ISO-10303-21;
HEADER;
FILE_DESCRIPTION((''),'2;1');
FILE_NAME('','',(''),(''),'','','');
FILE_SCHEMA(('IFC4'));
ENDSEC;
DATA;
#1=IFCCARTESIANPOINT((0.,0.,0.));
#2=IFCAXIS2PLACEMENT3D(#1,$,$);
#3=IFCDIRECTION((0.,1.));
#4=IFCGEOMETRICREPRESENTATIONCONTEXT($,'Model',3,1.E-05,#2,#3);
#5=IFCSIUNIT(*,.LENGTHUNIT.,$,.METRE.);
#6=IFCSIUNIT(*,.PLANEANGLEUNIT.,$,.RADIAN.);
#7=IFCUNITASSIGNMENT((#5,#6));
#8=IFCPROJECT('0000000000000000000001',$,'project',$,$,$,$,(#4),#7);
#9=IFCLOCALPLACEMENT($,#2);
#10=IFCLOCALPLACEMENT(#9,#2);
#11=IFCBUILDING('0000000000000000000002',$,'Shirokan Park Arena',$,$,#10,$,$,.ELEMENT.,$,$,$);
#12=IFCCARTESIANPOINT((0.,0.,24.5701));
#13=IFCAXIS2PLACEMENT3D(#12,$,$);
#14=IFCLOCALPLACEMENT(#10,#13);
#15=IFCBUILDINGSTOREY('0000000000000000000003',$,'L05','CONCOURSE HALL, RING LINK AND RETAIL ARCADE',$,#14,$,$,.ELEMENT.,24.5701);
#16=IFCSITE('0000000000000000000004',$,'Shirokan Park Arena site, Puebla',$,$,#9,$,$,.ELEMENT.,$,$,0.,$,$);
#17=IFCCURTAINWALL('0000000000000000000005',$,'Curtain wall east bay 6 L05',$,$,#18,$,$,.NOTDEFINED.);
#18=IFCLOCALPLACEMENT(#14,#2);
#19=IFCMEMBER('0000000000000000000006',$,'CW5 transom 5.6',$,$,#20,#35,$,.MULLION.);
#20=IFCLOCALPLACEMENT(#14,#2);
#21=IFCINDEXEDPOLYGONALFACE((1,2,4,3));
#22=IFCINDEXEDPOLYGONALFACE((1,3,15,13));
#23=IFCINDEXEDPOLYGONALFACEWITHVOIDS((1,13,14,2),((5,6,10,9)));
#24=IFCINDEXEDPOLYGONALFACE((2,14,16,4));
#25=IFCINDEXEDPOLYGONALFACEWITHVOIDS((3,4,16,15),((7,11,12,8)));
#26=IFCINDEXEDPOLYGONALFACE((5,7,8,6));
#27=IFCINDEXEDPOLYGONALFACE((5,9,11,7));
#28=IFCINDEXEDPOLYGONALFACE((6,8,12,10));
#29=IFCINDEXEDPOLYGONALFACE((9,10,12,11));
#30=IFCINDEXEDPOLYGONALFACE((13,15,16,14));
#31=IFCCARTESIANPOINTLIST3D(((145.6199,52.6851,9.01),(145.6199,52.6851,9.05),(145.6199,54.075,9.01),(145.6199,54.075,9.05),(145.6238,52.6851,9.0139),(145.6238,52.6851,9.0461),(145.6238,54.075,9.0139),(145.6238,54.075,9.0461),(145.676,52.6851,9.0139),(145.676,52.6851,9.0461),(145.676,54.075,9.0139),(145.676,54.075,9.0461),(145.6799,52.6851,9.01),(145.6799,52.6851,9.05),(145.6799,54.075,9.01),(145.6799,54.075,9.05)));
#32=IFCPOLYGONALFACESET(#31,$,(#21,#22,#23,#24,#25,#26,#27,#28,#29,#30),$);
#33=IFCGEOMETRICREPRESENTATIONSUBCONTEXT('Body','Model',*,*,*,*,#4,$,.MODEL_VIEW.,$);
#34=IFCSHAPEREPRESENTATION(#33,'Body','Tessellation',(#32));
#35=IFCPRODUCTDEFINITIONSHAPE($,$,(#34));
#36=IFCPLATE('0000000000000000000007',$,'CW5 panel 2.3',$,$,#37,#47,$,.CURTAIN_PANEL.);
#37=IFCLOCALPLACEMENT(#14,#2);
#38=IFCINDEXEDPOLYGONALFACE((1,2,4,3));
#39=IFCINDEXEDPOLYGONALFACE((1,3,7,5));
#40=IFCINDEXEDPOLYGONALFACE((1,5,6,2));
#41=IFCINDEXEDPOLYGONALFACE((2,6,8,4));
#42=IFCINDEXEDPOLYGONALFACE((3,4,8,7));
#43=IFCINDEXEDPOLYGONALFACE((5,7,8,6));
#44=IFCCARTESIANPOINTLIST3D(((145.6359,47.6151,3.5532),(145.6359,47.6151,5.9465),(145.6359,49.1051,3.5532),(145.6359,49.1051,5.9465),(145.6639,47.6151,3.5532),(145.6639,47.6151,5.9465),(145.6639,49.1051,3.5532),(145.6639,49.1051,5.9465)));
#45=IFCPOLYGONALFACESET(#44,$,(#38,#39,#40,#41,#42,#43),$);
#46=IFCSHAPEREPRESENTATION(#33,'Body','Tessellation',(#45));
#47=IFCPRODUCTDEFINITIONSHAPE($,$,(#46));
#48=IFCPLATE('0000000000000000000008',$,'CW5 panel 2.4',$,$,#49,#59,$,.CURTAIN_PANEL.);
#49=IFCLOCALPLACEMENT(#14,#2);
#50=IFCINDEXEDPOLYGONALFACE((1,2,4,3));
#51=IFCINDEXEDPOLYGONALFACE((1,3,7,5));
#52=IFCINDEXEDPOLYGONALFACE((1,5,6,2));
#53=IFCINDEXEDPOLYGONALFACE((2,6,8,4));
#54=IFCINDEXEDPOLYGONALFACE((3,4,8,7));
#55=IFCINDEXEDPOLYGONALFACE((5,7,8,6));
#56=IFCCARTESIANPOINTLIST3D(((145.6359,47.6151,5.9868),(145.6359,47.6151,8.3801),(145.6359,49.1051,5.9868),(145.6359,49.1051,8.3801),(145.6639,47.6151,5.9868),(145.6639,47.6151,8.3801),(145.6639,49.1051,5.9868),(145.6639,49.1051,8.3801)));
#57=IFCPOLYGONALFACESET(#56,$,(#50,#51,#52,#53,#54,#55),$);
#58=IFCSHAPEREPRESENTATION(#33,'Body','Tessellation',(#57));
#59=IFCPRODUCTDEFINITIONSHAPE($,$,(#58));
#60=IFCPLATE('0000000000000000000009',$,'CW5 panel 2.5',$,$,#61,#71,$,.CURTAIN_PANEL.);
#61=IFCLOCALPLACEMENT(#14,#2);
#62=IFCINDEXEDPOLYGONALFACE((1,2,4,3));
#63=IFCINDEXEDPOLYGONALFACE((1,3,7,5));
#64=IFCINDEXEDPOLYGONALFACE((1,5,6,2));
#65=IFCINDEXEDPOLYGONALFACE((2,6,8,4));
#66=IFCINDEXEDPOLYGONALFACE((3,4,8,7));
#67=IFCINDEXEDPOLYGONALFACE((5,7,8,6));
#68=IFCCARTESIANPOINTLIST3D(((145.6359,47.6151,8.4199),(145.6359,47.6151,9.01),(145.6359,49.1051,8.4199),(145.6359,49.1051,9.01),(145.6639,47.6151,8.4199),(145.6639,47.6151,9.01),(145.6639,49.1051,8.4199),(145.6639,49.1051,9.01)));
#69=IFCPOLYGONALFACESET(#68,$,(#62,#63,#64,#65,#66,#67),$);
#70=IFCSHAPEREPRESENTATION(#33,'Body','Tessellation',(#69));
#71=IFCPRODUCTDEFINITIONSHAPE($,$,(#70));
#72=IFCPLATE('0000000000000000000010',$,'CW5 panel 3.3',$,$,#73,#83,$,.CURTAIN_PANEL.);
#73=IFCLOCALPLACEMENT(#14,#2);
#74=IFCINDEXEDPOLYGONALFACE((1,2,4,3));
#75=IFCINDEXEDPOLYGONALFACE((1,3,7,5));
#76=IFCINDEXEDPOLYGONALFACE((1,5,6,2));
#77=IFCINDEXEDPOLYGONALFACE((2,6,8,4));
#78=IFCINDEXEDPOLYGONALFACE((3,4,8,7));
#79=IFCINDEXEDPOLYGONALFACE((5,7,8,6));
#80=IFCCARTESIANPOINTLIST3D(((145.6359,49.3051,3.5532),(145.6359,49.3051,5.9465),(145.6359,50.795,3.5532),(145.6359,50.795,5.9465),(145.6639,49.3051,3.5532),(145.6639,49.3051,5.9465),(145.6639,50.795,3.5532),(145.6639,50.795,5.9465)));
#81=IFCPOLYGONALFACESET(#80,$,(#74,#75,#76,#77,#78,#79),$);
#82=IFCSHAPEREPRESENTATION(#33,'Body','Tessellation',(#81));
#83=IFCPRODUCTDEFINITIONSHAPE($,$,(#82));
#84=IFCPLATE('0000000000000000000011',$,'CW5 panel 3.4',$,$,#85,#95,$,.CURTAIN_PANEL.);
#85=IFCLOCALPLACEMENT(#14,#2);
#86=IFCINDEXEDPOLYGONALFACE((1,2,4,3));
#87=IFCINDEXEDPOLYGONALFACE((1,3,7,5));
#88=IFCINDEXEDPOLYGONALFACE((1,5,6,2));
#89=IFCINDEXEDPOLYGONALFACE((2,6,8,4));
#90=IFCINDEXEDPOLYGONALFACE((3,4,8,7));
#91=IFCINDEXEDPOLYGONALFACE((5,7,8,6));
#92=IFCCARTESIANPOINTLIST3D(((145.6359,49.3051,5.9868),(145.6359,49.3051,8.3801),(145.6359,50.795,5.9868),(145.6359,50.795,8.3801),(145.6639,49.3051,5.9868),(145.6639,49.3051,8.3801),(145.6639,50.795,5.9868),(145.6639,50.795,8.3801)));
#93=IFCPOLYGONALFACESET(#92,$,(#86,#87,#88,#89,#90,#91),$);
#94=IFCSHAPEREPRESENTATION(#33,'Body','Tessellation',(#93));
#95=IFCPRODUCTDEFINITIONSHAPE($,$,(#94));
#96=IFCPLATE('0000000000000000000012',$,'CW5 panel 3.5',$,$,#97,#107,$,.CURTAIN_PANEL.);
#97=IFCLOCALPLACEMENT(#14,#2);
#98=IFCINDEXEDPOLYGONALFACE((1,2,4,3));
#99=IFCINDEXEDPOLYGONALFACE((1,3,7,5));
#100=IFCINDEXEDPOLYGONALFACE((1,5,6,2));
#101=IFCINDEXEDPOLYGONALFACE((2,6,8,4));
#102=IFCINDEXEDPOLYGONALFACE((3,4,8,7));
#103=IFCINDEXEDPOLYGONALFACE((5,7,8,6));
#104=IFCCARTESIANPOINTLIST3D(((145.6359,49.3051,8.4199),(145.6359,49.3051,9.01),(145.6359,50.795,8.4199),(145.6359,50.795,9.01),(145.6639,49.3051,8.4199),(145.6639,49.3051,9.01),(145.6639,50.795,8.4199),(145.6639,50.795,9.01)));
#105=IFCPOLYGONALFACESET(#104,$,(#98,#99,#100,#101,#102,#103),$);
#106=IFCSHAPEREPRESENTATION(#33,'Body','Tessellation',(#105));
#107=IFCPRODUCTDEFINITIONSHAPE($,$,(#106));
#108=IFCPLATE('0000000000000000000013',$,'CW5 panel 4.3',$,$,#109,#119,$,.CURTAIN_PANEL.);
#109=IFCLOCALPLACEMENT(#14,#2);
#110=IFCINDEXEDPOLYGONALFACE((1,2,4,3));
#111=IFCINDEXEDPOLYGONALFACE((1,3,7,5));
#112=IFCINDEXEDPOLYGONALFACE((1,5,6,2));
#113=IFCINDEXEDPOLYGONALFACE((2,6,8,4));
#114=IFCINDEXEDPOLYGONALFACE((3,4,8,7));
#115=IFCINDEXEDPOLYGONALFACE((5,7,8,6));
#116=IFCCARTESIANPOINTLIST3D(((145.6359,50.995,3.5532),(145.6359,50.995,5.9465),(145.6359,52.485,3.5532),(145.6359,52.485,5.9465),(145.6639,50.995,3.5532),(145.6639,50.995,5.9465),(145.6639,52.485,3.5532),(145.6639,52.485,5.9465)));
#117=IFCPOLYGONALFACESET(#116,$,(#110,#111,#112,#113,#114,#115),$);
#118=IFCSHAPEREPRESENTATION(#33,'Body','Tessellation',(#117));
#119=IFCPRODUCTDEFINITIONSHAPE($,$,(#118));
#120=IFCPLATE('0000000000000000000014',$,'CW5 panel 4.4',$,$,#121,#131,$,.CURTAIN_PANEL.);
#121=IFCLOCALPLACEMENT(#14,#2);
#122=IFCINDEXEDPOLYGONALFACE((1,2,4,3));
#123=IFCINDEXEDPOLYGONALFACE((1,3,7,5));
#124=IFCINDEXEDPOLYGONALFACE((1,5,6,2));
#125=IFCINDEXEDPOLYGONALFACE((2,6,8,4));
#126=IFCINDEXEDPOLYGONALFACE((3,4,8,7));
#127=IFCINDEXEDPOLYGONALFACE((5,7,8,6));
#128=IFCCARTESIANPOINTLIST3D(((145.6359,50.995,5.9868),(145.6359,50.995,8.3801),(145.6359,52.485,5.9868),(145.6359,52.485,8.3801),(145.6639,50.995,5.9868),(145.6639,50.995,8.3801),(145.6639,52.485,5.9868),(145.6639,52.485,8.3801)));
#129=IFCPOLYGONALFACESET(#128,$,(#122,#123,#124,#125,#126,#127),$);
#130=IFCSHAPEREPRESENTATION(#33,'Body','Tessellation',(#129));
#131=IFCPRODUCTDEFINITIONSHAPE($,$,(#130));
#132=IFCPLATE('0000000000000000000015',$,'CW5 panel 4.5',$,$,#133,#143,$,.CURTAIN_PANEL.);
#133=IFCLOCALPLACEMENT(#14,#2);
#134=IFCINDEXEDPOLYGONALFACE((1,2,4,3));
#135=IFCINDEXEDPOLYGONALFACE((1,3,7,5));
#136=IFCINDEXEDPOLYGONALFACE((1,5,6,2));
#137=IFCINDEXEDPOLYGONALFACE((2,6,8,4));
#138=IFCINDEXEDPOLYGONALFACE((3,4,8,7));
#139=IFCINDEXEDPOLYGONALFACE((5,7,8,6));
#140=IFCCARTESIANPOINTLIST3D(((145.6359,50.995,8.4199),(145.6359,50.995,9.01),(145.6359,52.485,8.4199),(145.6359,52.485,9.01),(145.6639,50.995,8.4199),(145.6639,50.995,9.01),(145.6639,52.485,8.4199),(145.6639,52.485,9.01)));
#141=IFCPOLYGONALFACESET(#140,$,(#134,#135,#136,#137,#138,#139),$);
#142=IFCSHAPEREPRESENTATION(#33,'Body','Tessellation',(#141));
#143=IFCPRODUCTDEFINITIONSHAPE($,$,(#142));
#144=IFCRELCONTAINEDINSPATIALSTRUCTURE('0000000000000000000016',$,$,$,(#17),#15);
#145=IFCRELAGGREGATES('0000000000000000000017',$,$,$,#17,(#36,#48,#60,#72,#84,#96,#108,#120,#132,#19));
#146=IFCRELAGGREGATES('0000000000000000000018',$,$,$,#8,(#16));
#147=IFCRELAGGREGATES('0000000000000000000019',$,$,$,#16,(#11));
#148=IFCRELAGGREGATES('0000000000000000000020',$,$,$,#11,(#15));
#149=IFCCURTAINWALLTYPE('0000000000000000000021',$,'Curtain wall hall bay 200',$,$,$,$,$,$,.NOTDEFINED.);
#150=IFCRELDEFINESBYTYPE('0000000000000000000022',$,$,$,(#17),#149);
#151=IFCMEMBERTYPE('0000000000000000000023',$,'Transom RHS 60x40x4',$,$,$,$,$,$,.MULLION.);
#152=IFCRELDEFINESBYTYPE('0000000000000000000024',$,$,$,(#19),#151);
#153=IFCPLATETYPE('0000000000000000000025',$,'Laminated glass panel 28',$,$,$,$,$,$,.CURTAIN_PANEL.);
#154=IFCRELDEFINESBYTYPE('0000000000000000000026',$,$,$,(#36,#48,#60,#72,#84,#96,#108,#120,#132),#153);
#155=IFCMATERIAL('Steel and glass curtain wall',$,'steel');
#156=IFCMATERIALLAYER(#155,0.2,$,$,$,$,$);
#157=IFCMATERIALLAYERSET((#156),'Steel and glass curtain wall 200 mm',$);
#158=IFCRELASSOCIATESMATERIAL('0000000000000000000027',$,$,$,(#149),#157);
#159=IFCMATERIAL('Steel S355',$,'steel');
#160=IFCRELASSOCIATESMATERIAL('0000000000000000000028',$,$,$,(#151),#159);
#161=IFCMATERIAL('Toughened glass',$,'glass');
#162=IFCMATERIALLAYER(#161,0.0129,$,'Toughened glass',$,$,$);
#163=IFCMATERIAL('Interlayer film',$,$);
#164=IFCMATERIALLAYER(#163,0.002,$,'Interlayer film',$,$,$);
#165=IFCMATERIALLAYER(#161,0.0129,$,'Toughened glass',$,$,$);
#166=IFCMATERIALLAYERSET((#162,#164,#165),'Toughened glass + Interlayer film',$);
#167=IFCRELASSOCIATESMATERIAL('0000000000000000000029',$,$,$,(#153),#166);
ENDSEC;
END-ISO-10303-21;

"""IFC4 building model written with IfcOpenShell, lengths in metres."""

from ifc_helpers import new_model, si_unit, direction, frame, origin, origin_2d, place, context, subcontext, project, spatial, rectangle, hollow_rectangle, extrude, material, layer, layer_set, material_profile, profile_set, type_object, element, aggregate, save


model = new_model("IFC4")

# Units and contexts
model_context = context("Model", 3, precision=1e-05, world=origin(), true_north=direction((0.0, 1.0)))
body_context = subcontext(model_context, "Body", "Model", "MODEL_VIEW")
ifc_project = project(units=[si_unit("LENGTHUNIT", "METRE"), si_unit("PLANEANGLEUNIT", "RADIAN")], contexts=[model_context])

# Site, building, storey
site_placement = place(None, origin())
site = spatial("IfcSite", under=ifc_project, at=site_placement, Name="Shirokan Park Arena site, Puebla", CompositionType="ELEMENT", RefElevation=0.0)
building_placement = place(site_placement, origin())
building = spatial("IfcBuilding", under=site, at=building_placement, Name="Shirokan Park Arena", CompositionType="ELEMENT")
storey_placement = place(building_placement, frame((0.0, 0.0, 24.5701)))
storey = spatial("IfcBuildingStorey", under=building, at=storey_placement, Name="L05", Description="CONCOURSE HALL, RING LINK AND RETAIL ARCADE", CompositionType="ELEMENT", Elevation=24.5701)

# Curtain wall, member, plates
ifc_material_1 = material(Name="Steel and glass curtain wall", Category="steel")
ifc_layer_1 = layer(ifc_material_1, 0.2)
ifc_layer_set_1 = layer_set([ifc_layer_1], Name="Steel and glass curtain wall 200 mm")
curtain_wall_type = type_object("IfcCurtainWallType", Name="Curtain wall hall bay 200", PredefinedType="NOTDEFINED", material=ifc_layer_set_1)
curtain_wall_placement = place(storey_placement, origin())
curtain_wall = element("IfcCurtainWall", 1, at=curtain_wall_placement, inside=storey, type_object=curtain_wall_type, Name="Curtain wall east bay 6 L05", PredefinedType="NOTDEFINED")
ifc_material_2 = material(Name="Steel S355", Category="steel")
ifc_material_profile = material_profile(ifc_material_2, hollow_rectangle(XDim=0.0601, YDim=0.04, WallThickness=0.0039, at=origin_2d()), Name="RHS 60x40x4")
ifc_profile_set = profile_set([ifc_material_profile], Name="Steel S355")
member_type = type_object("IfcMemberType", Name="Transom RHS 60x40x4", PredefinedType="MULLION", material=ifc_profile_set)
member_1_placement = place(storey_placement, frame((145.6499, 52.6851, 9.03), z_axis=(0.0, 1.0, 0.0), x_axis=(-1.0, 0.0, 0.0)))
member_1 = element("IfcMember", 2, at=member_1_placement, type_object=member_type, Name="CW5 transom 5.6", PredefinedType="MULLION", context=body_context, shape_type="SweptSolid", body=[
    extrude(hollow_rectangle(XDim=0.0601, YDim=0.04, WallThickness=0.0039, at=origin_2d()), origin(), (0.0, 0.0, 1.0), 1.3899),
])
ifc_material_3 = material(Name="Toughened glass", Category="glass")
ifc_layer_2 = layer(ifc_material_3, 0.0129, Name="Toughened glass")
ifc_material_4 = material(Name="Interlayer film")
ifc_layer_3 = layer(ifc_material_4, 0.002, Name="Interlayer film")
ifc_layer_4 = layer(ifc_material_3, 0.0129, Name="Toughened glass")
ifc_layer_set_2 = layer_set([ifc_layer_2, ifc_layer_3, ifc_layer_4], Name="Toughened glass + Interlayer film")
plate_type = type_object("IfcPlateType", Name="Laminated glass panel 28", PredefinedType="CURTAIN_PANEL", material=ifc_layer_set_2)
plate_1_placement = place(storey_placement, frame((145.6499, 48.3601, 3.5532), z_axis=(0.0, 0.0, 1.0), x_axis=(0.0, 1.0, 0.0)))
plate_1 = element("IfcPlate", 3, at=plate_1_placement, type_object=plate_type, Name="CW5 panel 2.3", PredefinedType="CURTAIN_PANEL", context=body_context, shape_type="SweptSolid", body=[
    extrude(rectangle(XDim=1.49, YDim=0.0281, at=origin_2d()), origin(), (0.0, 0.0, 1.0), 2.3933),
])
plate_2_placement = place(storey_placement, frame((145.6499, 48.3601, 5.9868), z_axis=(0.0, 0.0, 1.0), x_axis=(0.0, 1.0, 0.0)))
plate_2 = element("IfcPlate", 4, at=plate_2_placement, type_object=plate_type, Name="CW5 panel 2.4", PredefinedType="CURTAIN_PANEL", context=body_context, shape_type="SweptSolid", body=[
    extrude(rectangle(XDim=1.49, YDim=0.0281, at=origin_2d()), origin(), (0.0, 0.0, 1.0), 2.3933),
])
plate_3_placement = place(storey_placement, frame((145.6499, 48.3601, 8.4199), z_axis=(0.0, 0.0, 1.0), x_axis=(0.0, 1.0, 0.0)))
plate_3 = element("IfcPlate", 5, at=plate_3_placement, type_object=plate_type, Name="CW5 panel 2.5", PredefinedType="CURTAIN_PANEL", context=body_context, shape_type="SweptSolid", body=[
    extrude(rectangle(XDim=1.49, YDim=0.0281, at=origin_2d()), origin(), (0.0, 0.0, 1.0), 0.5901),
])
plate_4_placement = place(storey_placement, frame((145.6499, 50.05, 3.5532), z_axis=(0.0, 0.0, 1.0), x_axis=(0.0, 1.0, 0.0)))
plate_4 = element("IfcPlate", 6, at=plate_4_placement, type_object=plate_type, Name="CW5 panel 3.3", PredefinedType="CURTAIN_PANEL", context=body_context, shape_type="SweptSolid", body=[
    extrude(rectangle(XDim=1.49, YDim=0.0281, at=origin_2d()), origin(), (0.0, 0.0, 1.0), 2.3933),
])
plate_5_placement = place(storey_placement, frame((145.6499, 50.05, 5.9868), z_axis=(0.0, 0.0, 1.0), x_axis=(0.0, 1.0, 0.0)))
plate_5 = element("IfcPlate", 7, at=plate_5_placement, type_object=plate_type, Name="CW5 panel 3.4", PredefinedType="CURTAIN_PANEL", context=body_context, shape_type="SweptSolid", body=[
    extrude(rectangle(XDim=1.49, YDim=0.0281, at=origin_2d()), origin(), (0.0, 0.0, 1.0), 2.3933),
])
plate_6_placement = place(storey_placement, frame((145.6499, 50.05, 8.4199), z_axis=(0.0, 0.0, 1.0), x_axis=(0.0, 1.0, 0.0)))
plate_6 = element("IfcPlate", 8, at=plate_6_placement, type_object=plate_type, Name="CW5 panel 3.5", PredefinedType="CURTAIN_PANEL", context=body_context, shape_type="SweptSolid", body=[
    extrude(rectangle(XDim=1.49, YDim=0.0281, at=origin_2d()), origin(), (0.0, 0.0, 1.0), 0.5901),
])
plate_7_placement = place(storey_placement, frame((145.6499, 51.74, 3.5532), z_axis=(0.0, 0.0, 1.0), x_axis=(0.0, 1.0, 0.0)))
plate_7 = element("IfcPlate", 9, at=plate_7_placement, type_object=plate_type, Name="CW5 panel 4.3", PredefinedType="CURTAIN_PANEL", context=body_context, shape_type="SweptSolid", body=[
    extrude(rectangle(XDim=1.49, YDim=0.0281, at=origin_2d()), origin(), (0.0, 0.0, 1.0), 2.3933),
])
plate_8_placement = place(storey_placement, frame((145.6499, 51.74, 5.9868), z_axis=(0.0, 0.0, 1.0), x_axis=(0.0, 1.0, 0.0)))
plate_8 = element("IfcPlate", 10, at=plate_8_placement, type_object=plate_type, Name="CW5 panel 4.4", PredefinedType="CURTAIN_PANEL", context=body_context, shape_type="SweptSolid", body=[
    extrude(rectangle(XDim=1.49, YDim=0.0281, at=origin_2d()), origin(), (0.0, 0.0, 1.0), 2.3933),
])
plate_9_placement = place(storey_placement, frame((145.6499, 51.74, 8.4199), z_axis=(0.0, 0.0, 1.0), x_axis=(0.0, 1.0, 0.0)))
plate_9 = element("IfcPlate", 11, at=plate_9_placement, type_object=plate_type, Name="CW5 panel 4.5", PredefinedType="CURTAIN_PANEL", context=body_context, shape_type="SweptSolid", body=[
    extrude(rectangle(XDim=1.49, YDim=0.0281, at=origin_2d()), origin(), (0.0, 0.0, 1.0), 0.5901),
])
aggregate(curtain_wall, [plate_1, plate_2, plate_3, plate_4, plate_5, plate_6, plate_7, plate_8, plate_9, member_1])

save(model, "model.ifc")
